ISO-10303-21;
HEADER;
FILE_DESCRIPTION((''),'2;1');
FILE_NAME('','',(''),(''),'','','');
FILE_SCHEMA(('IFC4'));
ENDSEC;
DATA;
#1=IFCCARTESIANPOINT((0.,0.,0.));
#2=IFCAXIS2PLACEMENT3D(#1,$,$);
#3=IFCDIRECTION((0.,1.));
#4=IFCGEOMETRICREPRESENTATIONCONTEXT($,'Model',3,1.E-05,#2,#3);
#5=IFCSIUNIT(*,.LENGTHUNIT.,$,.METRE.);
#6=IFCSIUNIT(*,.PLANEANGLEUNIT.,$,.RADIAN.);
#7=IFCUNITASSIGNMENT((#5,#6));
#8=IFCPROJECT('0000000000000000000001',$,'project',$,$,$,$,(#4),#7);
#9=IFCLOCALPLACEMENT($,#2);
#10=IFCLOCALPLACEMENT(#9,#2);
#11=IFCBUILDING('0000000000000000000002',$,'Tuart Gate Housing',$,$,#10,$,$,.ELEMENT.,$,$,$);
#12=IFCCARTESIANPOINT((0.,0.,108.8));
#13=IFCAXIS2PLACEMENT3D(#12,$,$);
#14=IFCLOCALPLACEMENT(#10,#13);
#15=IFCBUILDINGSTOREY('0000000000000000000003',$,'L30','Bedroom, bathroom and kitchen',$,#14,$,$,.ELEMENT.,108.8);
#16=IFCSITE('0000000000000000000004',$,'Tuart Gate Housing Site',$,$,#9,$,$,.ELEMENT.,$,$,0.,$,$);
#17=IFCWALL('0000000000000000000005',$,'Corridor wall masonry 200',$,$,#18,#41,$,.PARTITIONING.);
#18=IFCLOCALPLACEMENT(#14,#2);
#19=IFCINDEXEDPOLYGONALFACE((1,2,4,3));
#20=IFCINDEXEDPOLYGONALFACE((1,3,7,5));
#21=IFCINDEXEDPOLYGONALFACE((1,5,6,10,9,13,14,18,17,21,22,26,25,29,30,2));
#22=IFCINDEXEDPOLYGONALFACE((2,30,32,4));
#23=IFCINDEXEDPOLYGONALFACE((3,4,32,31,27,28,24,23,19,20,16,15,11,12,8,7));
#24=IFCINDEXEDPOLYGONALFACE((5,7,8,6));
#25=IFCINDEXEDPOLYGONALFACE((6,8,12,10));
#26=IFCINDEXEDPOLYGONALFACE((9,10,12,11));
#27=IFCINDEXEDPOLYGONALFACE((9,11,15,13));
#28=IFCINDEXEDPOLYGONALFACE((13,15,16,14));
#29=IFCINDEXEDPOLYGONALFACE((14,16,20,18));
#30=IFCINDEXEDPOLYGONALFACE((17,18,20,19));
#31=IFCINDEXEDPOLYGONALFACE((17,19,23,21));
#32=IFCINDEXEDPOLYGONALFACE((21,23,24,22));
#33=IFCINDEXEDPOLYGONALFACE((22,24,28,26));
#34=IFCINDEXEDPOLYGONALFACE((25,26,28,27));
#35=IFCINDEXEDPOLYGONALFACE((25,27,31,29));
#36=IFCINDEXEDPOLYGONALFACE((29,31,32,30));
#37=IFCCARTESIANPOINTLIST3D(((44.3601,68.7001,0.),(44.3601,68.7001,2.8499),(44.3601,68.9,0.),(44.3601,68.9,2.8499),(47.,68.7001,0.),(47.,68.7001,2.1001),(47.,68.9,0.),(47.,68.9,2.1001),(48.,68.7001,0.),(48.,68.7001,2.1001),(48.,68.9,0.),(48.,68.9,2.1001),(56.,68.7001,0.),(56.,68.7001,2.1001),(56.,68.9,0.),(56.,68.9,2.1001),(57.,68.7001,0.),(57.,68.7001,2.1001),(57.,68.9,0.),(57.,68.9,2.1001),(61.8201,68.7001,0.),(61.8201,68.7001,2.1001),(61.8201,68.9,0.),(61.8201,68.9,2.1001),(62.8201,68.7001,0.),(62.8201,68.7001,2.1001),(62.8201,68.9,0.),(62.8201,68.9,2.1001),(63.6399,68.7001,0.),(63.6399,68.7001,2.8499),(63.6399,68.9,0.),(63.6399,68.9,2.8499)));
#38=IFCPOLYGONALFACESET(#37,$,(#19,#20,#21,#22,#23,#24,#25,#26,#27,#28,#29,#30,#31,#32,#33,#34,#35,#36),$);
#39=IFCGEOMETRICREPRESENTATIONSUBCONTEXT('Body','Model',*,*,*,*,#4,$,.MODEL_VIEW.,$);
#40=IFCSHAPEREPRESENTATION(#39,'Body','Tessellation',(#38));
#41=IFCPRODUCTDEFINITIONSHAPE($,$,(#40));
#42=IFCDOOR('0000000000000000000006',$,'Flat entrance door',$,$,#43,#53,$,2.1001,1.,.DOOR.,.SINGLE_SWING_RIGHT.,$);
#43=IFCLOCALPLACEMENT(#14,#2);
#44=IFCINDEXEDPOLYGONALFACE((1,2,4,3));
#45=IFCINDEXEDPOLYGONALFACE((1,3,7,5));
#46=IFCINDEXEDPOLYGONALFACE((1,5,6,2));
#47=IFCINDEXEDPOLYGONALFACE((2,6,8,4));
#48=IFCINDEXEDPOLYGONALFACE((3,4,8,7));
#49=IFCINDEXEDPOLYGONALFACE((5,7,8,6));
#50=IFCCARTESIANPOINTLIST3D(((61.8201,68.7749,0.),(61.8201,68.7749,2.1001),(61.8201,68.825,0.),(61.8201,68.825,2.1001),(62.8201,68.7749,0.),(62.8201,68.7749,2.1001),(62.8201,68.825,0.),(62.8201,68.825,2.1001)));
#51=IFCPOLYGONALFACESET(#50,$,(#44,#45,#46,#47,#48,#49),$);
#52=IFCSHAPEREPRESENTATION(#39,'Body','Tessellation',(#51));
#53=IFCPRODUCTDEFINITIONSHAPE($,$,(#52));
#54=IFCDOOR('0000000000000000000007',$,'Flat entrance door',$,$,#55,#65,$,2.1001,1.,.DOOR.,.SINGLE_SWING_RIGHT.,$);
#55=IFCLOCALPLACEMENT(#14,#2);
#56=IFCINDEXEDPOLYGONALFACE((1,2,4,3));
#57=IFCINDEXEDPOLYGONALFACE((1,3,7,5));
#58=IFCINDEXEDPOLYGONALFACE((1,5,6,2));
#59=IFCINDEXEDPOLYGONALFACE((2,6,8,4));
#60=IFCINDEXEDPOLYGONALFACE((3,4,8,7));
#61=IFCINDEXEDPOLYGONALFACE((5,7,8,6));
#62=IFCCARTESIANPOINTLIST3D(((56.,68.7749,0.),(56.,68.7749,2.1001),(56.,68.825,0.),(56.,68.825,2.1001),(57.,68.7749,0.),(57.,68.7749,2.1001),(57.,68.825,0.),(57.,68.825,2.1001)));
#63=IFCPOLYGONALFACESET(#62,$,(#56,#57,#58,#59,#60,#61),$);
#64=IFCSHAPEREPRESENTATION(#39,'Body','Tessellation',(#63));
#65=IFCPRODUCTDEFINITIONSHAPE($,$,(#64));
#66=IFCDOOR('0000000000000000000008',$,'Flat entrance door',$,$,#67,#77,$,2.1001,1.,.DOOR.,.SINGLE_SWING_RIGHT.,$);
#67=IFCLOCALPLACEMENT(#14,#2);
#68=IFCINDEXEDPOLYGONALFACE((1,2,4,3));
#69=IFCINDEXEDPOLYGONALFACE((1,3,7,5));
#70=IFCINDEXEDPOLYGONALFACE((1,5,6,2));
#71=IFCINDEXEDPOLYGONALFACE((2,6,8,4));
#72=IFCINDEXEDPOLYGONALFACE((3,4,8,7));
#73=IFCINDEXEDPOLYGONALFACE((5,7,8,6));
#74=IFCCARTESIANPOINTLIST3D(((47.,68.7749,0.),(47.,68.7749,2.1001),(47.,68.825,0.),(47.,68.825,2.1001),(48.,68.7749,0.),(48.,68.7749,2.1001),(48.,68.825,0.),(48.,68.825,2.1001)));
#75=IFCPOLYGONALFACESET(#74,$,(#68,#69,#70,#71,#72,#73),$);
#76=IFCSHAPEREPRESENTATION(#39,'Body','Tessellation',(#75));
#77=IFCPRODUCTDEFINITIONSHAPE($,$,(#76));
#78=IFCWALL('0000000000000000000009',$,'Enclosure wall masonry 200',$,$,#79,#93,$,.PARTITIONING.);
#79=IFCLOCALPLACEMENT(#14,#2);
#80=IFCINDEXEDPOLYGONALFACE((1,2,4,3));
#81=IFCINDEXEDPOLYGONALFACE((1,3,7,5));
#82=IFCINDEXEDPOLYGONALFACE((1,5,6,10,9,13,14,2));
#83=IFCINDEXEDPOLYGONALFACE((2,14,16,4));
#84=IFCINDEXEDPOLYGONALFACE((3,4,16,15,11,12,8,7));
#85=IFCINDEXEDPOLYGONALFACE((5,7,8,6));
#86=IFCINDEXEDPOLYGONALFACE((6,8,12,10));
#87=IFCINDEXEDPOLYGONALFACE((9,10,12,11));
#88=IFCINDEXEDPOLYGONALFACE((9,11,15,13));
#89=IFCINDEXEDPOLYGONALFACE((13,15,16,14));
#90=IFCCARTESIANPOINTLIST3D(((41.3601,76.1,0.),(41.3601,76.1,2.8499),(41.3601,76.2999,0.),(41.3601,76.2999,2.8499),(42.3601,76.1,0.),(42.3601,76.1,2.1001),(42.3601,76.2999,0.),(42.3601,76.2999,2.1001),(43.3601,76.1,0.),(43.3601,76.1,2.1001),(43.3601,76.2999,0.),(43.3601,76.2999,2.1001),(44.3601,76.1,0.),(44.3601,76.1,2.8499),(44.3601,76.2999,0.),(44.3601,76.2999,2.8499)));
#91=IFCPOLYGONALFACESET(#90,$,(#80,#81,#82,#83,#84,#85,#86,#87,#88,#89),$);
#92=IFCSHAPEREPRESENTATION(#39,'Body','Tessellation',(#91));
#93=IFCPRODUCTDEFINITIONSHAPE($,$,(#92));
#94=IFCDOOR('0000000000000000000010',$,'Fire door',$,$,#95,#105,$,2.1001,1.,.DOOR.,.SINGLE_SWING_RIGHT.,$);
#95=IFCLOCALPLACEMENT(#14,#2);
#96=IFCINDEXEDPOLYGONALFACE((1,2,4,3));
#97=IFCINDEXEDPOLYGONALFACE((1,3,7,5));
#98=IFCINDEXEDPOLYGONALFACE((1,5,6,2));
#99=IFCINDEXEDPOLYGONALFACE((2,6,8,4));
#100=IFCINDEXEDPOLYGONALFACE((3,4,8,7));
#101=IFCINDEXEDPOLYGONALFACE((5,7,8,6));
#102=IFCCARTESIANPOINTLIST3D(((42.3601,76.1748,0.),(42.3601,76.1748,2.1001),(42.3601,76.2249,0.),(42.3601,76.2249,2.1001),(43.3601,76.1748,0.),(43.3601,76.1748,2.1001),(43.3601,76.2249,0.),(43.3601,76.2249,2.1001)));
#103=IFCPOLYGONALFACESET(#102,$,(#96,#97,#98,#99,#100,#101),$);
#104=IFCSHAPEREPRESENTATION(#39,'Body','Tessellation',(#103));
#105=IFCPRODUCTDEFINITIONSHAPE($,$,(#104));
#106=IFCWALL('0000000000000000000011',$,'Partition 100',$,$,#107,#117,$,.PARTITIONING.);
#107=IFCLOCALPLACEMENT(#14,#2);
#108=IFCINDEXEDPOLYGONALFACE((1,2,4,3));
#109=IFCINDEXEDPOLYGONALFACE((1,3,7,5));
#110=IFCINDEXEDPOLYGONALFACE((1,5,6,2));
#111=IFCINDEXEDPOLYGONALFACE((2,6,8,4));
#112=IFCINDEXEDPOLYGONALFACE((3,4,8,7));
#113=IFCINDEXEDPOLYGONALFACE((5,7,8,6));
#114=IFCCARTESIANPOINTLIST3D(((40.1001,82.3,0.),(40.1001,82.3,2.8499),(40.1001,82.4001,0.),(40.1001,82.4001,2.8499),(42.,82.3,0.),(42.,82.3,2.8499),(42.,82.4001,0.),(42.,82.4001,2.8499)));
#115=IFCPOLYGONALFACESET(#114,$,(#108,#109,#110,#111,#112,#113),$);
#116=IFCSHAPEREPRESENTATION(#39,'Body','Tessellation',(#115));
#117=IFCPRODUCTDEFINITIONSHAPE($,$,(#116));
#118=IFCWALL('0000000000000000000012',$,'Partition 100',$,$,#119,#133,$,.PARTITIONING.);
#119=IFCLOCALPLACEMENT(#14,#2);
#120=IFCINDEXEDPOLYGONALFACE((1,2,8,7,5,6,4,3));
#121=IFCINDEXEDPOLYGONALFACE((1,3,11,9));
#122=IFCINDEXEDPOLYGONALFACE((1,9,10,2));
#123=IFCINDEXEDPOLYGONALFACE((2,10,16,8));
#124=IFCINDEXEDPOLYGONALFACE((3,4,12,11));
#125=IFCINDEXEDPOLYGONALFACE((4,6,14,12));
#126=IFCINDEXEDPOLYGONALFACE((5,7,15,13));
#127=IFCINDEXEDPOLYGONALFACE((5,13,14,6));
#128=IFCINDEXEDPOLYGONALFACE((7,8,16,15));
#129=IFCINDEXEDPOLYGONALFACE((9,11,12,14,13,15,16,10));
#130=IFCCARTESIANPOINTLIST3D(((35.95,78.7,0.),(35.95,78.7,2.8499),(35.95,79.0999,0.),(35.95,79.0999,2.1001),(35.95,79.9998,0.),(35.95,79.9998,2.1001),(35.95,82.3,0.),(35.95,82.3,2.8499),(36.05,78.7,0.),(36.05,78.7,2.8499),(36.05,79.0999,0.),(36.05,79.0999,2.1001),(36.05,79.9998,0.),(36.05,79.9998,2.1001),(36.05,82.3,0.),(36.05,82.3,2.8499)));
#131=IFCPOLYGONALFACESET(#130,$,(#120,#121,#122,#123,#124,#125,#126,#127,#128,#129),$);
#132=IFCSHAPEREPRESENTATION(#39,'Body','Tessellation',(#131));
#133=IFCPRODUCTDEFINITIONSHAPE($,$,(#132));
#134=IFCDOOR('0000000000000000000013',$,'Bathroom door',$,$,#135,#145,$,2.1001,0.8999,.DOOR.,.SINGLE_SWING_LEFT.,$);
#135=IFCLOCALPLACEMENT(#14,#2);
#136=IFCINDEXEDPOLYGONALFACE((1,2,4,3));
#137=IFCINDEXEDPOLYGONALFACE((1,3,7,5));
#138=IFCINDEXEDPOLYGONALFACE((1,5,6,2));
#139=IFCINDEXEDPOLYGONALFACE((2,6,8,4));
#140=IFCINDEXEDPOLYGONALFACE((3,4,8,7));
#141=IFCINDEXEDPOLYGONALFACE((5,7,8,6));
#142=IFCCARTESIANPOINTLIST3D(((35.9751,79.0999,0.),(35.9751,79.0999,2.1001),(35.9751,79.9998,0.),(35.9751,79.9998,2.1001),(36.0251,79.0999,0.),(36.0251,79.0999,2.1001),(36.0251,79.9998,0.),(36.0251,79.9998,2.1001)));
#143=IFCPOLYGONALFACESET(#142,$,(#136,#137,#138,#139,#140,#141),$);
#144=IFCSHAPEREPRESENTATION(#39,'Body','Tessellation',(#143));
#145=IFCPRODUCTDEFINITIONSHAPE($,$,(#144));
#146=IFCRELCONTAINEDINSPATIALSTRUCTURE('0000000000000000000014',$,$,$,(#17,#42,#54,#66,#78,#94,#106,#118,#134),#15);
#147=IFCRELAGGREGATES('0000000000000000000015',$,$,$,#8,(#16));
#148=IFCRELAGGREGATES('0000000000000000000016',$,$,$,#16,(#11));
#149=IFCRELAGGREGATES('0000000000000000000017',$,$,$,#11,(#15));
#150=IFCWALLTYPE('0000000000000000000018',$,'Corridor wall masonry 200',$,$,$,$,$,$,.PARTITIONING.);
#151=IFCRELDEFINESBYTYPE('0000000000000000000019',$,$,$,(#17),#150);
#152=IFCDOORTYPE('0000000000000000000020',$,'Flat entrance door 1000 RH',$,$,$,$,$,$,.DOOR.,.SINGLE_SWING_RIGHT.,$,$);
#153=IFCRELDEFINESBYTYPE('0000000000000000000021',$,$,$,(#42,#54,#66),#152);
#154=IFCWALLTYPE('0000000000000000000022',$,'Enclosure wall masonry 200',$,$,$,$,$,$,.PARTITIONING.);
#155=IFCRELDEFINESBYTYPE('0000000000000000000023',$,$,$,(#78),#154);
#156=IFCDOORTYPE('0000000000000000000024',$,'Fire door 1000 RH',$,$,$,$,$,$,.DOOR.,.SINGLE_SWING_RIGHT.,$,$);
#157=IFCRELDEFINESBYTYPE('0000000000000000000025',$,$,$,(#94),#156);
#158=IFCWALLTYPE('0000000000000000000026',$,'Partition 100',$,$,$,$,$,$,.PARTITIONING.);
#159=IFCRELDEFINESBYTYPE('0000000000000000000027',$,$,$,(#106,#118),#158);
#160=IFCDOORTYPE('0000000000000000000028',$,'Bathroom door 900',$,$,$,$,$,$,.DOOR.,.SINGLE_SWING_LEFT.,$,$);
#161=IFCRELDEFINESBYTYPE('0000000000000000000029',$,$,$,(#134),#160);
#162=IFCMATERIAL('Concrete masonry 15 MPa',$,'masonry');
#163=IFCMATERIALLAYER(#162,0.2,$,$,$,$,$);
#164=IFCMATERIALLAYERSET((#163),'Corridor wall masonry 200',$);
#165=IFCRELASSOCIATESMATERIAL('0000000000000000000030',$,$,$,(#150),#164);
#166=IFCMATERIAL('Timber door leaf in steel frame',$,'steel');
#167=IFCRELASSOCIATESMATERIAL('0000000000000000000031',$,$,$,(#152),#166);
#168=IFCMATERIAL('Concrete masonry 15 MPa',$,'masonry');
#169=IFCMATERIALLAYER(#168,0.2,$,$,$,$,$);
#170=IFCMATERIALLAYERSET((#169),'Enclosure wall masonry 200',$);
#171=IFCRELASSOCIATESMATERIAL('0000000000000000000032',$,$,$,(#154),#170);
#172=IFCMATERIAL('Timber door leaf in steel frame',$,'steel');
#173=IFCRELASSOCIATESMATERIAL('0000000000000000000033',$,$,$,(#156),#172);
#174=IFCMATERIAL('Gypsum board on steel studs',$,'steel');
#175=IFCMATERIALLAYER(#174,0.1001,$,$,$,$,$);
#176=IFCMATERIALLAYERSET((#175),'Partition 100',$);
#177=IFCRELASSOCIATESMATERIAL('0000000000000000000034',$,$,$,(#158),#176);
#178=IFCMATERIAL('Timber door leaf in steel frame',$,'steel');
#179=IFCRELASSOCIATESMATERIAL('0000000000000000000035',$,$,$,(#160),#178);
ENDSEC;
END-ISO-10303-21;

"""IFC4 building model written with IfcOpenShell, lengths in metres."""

from ifc_helpers import new_model, si_unit, direction, frame, frame_2d, origin, place, context, subcontext, project, spatial, rectangle, extrude, material, layer, layer_set, type_object, element, fill, save


model = new_model("IFC4")

# Units and contexts
model_context = context("Model", 3, precision=1e-05, world=origin(), true_north=direction((0.0, 1.0)))
body_context = subcontext(model_context, "Body", "Model", "MODEL_VIEW")
ifc_project = project(units=[si_unit("LENGTHUNIT", "METRE"), si_unit("PLANEANGLEUNIT", "RADIAN")], contexts=[model_context])

# Site, building, storey
site_placement = place(None, origin())
site = spatial("IfcSite", under=ifc_project, at=site_placement, Name="Tuart Gate Housing Site", CompositionType="ELEMENT", RefElevation=0.0)
building_placement = place(site_placement, origin())
building = spatial("IfcBuilding", under=site, at=building_placement, Name="Tuart Gate Housing", CompositionType="ELEMENT")
storey_placement = place(building_placement, frame((0.0, 0.0, 108.8)))
storey = spatial("IfcBuildingStorey", under=building, at=storey_placement, Name="L30", Description="Bedroom, bathroom and kitchen", CompositionType="ELEMENT", Elevation=108.8)

# Wall, openings, doors
ifc_material_1 = material(Name="Concrete masonry 15 MPa", Category="masonry")
ifc_layer_1 = layer(ifc_material_1, 0.2)
ifc_layer_set_1 = layer_set([ifc_layer_1], Name="Corridor wall masonry 200")
wall_type_1 = type_object("IfcWallType", Name="Corridor wall masonry 200", PredefinedType="PARTITIONING", material=ifc_layer_set_1)
wall_1_placement = place(storey_placement, frame((44.3601, 68.8, 0.0), z_axis=(0.0, 0.0, 1.0), x_axis=(1.0, 0.0, 0.0)))
wall_1 = element("IfcWall", 1, at=wall_1_placement, inside=storey, type_object=wall_type_1, Name="Corridor wall masonry 200", PredefinedType="PARTITIONING", context=body_context, shape_type="SweptSolid", body=[
    extrude(rectangle(XDim=19.2798, YDim=0.2, at=frame_2d((9.6399, 0.0))), origin(), (0.0, 0.0, 1.0), 2.8499),
])
opening_1_placement = place(wall_1_placement, frame((17.46, 0.0, 0.0)))
opening_1 = element("IfcOpeningElement", 2, at=opening_1_placement, cuts=wall_1, PredefinedType="OPENING", context=body_context, shape_type="SweptSolid", body=[
    extrude(rectangle(XDim=1.0, YDim=2.1001, at=frame_2d((0.5, 1.05))), frame((0.0, 0.1099, 0.0), z_axis=(0.0, -1.0, 0.0), x_axis=(1.0, 0.0, 0.0)), (0.0, 0.0, 1.0), 0.22),
])
opening_2_placement = place(wall_1_placement, frame((11.6399, 0.0, 0.0)))
opening_2 = element("IfcOpeningElement", 3, at=opening_2_placement, cuts=wall_1, PredefinedType="OPENING", context=body_context, shape_type="SweptSolid", body=[
    extrude(rectangle(XDim=1.0, YDim=2.1001, at=frame_2d((0.5, 1.05))), frame((0.0, 0.1099, 0.0), z_axis=(0.0, -1.0, 0.0), x_axis=(1.0, 0.0, 0.0)), (0.0, 0.0, 1.0), 0.22),
])
opening_3_placement = place(wall_1_placement, frame((2.6399, 0.0, 0.0)))
opening_3 = element("IfcOpeningElement", 4, at=opening_3_placement, cuts=wall_1, PredefinedType="OPENING", context=body_context, shape_type="SweptSolid", body=[
    extrude(rectangle(XDim=1.0, YDim=2.1001, at=frame_2d((0.5, 1.05))), frame((0.0, 0.1099, 0.0), z_axis=(0.0, -1.0, 0.0), x_axis=(1.0, 0.0, 0.0)), (0.0, 0.0, 1.0), 0.22),
])
ifc_material_2 = material(Name="Timber door leaf in steel frame", Category="steel")
door_type_1 = type_object("IfcDoorType", Name="Flat entrance door 1000 RH", OperationType="SINGLE_SWING_RIGHT", PredefinedType="DOOR", material=ifc_material_2)
door_1_placement = place(opening_1_placement, frame((1.0, 0.0, 0.0), z_axis=(0.0, 0.0, 1.0), x_axis=(-1.0, 0.0, 0.0)))
door_1 = element("IfcDoor", 5, at=door_1_placement, inside=storey, type_object=door_type_1, Name="Flat entrance door", OperationType="SINGLE_SWING_RIGHT", OverallHeight=2.1001, OverallWidth=1.0, PredefinedType="DOOR", context=body_context, shape_type="SweptSolid", body=[
    extrude(rectangle(XDim=1.0, YDim=2.1001, at=frame_2d((0.5, 1.05))), frame((0.0, 0.0251, 0.0), z_axis=(0.0, -1.0, 0.0), x_axis=(1.0, 0.0, 0.0)), (0.0, 0.0, 1.0), 0.05),
])
fill(opening_1, door_1)
door_2_placement = place(opening_2_placement, frame((1.0, 0.0, 0.0), z_axis=(0.0, 0.0, 1.0), x_axis=(-1.0, 0.0, 0.0)))
door_2 = element("IfcDoor", 6, at=door_2_placement, inside=storey, type_object=door_type_1, Name="Flat entrance door", OperationType="SINGLE_SWING_RIGHT", OverallHeight=2.1001, OverallWidth=1.0, PredefinedType="DOOR", context=body_context, shape_type="SweptSolid", body=[
    extrude(rectangle(XDim=1.0, YDim=2.1001, at=frame_2d((0.5, 1.05))), frame((0.0, 0.0251, 0.0), z_axis=(0.0, -1.0, 0.0), x_axis=(1.0, 0.0, 0.0)), (0.0, 0.0, 1.0), 0.05),
])
fill(opening_2, door_2)
door_3_placement = place(opening_3_placement, frame((1.0, 0.0, 0.0), z_axis=(0.0, 0.0, 1.0), x_axis=(-1.0, 0.0, 0.0)))
door_3 = element("IfcDoor", 7, at=door_3_placement, inside=storey, type_object=door_type_1, Name="Flat entrance door", OperationType="SINGLE_SWING_RIGHT", OverallHeight=2.1001, OverallWidth=1.0, PredefinedType="DOOR", context=body_context, shape_type="SweptSolid", body=[
    extrude(rectangle(XDim=1.0, YDim=2.1001, at=frame_2d((0.5, 1.05))), frame((0.0, 0.0251, 0.0), z_axis=(0.0, -1.0, 0.0), x_axis=(1.0, 0.0, 0.0)), (0.0, 0.0, 1.0), 0.05),
])
fill(opening_3, door_3)

# Wall, opening, door
ifc_material_3 = material(Name="Concrete masonry 15 MPa", Category="masonry")
ifc_layer_2 = layer(ifc_material_3, 0.2)
ifc_layer_set_2 = layer_set([ifc_layer_2], Name="Enclosure wall masonry 200")
wall_type_2 = type_object("IfcWallType", Name="Enclosure wall masonry 200", PredefinedType="PARTITIONING", material=ifc_layer_set_2)
wall_2_placement = place(storey_placement, frame((41.3601, 76.2, 0.0), z_axis=(0.0, 0.0, 1.0), x_axis=(1.0, 0.0, 0.0)))
wall_2 = element("IfcWall", 8, at=wall_2_placement, inside=storey, type_object=wall_type_2, Name="Enclosure wall masonry 200", PredefinedType="PARTITIONING", context=body_context, shape_type="SweptSolid", body=[
    extrude(rectangle(XDim=3.0, YDim=0.2, at=frame_2d((1.5, 0.0))), origin(), (0.0, 0.0, 1.0), 2.8499),
])
opening_4_placement = place(wall_2_placement, frame((1.0, 0.0, 0.0)))
opening_4 = element("IfcOpeningElement", 9, at=opening_4_placement, cuts=wall_2, PredefinedType="OPENING", context=body_context, shape_type="SweptSolid", body=[
    extrude(rectangle(XDim=1.0, YDim=2.1001, at=frame_2d((0.5, 1.05))), frame((0.0, 0.1099, 0.0), z_axis=(0.0, -1.0, 0.0), x_axis=(1.0, 0.0, 0.0)), (0.0, 0.0, 1.0), 0.22),
])
ifc_material_4 = material(Name="Timber door leaf in steel frame", Category="steel")
door_type_2 = type_object("IfcDoorType", Name="Fire door 1000 RH", OperationType="SINGLE_SWING_RIGHT", PredefinedType="DOOR", material=ifc_material_4)
door_4_placement = place(opening_4_placement, origin())
door_4 = element("IfcDoor", 10, at=door_4_placement, inside=storey, type_object=door_type_2, Name="Fire door", OperationType="SINGLE_SWING_RIGHT", OverallHeight=2.1001, OverallWidth=1.0, PredefinedType="DOOR", context=body_context, shape_type="SweptSolid", body=[
    extrude(rectangle(XDim=1.0, YDim=2.1001, at=frame_2d((0.5, 1.05))), frame((0.0, 0.0249, 0.0), z_axis=(0.0, -1.0, 0.0), x_axis=(1.0, 0.0, 0.0)), (0.0, 0.0, 1.0), 0.05),
])
fill(opening_4, door_4)

# Wall
ifc_material_5 = material(Name="Gypsum board on steel studs", Category="steel")
ifc_layer_3 = layer(ifc_material_5, 0.1001)
ifc_layer_set_3 = layer_set([ifc_layer_3], Name="Partition 100")
wall_type_3 = type_object("IfcWallType", Name="Partition 100", PredefinedType="PARTITIONING", material=ifc_layer_set_3)
wall_3_placement = place(storey_placement, frame((40.1001, 82.3501, 0.0), z_axis=(0.0, 0.0, 1.0), x_axis=(1.0, 0.0, 0.0)))
element("IfcWall", 11, at=wall_3_placement, inside=storey, type_object=wall_type_3, Name="Partition 100", PredefinedType="PARTITIONING", context=body_context, shape_type="SweptSolid", body=[
    extrude(rectangle(XDim=1.8999, YDim=0.1001, at=frame_2d((0.95, 0.0))), origin(), (0.0, 0.0, 1.0), 2.8499),
])

# Wall, opening, door
wall_4_placement = place(storey_placement, frame((36.0, 78.7, 0.0), z_axis=(0.0, 0.0, 1.0), x_axis=(0.0, 1.0, 0.0)))
wall_4 = element("IfcWall", 12, at=wall_4_placement, inside=storey, type_object=wall_type_3, Name="Partition 100", PredefinedType="PARTITIONING", context=body_context, shape_type="SweptSolid", body=[
    extrude(rectangle(XDim=3.6001, YDim=0.1001, at=frame_2d((1.8, 0.0))), origin(), (0.0, 0.0, 1.0), 2.8499),
])
opening_5_placement = place(wall_4_placement, frame((0.3999, 0.0, 0.0)))
opening_5 = element("IfcOpeningElement", 13, at=opening_5_placement, cuts=wall_4, PredefinedType="OPENING", context=body_context, shape_type="SweptSolid", body=[
    extrude(rectangle(XDim=0.8999, YDim=2.1001, at=frame_2d((0.45, 1.05))), frame((0.0, 0.0601, 0.0), z_axis=(0.0, -1.0, 0.0), x_axis=(1.0, 0.0, 0.0)), (0.0, 0.0, 1.0), 0.1201),
])
ifc_material_6 = material(Name="Timber door leaf in steel frame", Category="steel")
door_type_3 = type_object("IfcDoorType", Name="Bathroom door 900", OperationType="SINGLE_SWING_LEFT", PredefinedType="DOOR", material=ifc_material_6)
door_5_placement = place(opening_5_placement, origin())
door_5 = element("IfcDoor", 14, at=door_5_placement, inside=storey, type_object=door_type_3, Name="Bathroom door", OperationType="SINGLE_SWING_LEFT", OverallHeight=2.1001, OverallWidth=0.8999, PredefinedType="DOOR", context=body_context, shape_type="SweptSolid", body=[
    extrude(rectangle(XDim=0.8999, YDim=2.1001, at=frame_2d((0.45, 1.05))), frame((0.0, 0.0249, 0.0), z_axis=(0.0, -1.0, 0.0), x_axis=(1.0, 0.0, 0.0)), (0.0, 0.0, 1.0), 0.05),
])
fill(opening_5, door_5)

save(model, "model.ifc")
